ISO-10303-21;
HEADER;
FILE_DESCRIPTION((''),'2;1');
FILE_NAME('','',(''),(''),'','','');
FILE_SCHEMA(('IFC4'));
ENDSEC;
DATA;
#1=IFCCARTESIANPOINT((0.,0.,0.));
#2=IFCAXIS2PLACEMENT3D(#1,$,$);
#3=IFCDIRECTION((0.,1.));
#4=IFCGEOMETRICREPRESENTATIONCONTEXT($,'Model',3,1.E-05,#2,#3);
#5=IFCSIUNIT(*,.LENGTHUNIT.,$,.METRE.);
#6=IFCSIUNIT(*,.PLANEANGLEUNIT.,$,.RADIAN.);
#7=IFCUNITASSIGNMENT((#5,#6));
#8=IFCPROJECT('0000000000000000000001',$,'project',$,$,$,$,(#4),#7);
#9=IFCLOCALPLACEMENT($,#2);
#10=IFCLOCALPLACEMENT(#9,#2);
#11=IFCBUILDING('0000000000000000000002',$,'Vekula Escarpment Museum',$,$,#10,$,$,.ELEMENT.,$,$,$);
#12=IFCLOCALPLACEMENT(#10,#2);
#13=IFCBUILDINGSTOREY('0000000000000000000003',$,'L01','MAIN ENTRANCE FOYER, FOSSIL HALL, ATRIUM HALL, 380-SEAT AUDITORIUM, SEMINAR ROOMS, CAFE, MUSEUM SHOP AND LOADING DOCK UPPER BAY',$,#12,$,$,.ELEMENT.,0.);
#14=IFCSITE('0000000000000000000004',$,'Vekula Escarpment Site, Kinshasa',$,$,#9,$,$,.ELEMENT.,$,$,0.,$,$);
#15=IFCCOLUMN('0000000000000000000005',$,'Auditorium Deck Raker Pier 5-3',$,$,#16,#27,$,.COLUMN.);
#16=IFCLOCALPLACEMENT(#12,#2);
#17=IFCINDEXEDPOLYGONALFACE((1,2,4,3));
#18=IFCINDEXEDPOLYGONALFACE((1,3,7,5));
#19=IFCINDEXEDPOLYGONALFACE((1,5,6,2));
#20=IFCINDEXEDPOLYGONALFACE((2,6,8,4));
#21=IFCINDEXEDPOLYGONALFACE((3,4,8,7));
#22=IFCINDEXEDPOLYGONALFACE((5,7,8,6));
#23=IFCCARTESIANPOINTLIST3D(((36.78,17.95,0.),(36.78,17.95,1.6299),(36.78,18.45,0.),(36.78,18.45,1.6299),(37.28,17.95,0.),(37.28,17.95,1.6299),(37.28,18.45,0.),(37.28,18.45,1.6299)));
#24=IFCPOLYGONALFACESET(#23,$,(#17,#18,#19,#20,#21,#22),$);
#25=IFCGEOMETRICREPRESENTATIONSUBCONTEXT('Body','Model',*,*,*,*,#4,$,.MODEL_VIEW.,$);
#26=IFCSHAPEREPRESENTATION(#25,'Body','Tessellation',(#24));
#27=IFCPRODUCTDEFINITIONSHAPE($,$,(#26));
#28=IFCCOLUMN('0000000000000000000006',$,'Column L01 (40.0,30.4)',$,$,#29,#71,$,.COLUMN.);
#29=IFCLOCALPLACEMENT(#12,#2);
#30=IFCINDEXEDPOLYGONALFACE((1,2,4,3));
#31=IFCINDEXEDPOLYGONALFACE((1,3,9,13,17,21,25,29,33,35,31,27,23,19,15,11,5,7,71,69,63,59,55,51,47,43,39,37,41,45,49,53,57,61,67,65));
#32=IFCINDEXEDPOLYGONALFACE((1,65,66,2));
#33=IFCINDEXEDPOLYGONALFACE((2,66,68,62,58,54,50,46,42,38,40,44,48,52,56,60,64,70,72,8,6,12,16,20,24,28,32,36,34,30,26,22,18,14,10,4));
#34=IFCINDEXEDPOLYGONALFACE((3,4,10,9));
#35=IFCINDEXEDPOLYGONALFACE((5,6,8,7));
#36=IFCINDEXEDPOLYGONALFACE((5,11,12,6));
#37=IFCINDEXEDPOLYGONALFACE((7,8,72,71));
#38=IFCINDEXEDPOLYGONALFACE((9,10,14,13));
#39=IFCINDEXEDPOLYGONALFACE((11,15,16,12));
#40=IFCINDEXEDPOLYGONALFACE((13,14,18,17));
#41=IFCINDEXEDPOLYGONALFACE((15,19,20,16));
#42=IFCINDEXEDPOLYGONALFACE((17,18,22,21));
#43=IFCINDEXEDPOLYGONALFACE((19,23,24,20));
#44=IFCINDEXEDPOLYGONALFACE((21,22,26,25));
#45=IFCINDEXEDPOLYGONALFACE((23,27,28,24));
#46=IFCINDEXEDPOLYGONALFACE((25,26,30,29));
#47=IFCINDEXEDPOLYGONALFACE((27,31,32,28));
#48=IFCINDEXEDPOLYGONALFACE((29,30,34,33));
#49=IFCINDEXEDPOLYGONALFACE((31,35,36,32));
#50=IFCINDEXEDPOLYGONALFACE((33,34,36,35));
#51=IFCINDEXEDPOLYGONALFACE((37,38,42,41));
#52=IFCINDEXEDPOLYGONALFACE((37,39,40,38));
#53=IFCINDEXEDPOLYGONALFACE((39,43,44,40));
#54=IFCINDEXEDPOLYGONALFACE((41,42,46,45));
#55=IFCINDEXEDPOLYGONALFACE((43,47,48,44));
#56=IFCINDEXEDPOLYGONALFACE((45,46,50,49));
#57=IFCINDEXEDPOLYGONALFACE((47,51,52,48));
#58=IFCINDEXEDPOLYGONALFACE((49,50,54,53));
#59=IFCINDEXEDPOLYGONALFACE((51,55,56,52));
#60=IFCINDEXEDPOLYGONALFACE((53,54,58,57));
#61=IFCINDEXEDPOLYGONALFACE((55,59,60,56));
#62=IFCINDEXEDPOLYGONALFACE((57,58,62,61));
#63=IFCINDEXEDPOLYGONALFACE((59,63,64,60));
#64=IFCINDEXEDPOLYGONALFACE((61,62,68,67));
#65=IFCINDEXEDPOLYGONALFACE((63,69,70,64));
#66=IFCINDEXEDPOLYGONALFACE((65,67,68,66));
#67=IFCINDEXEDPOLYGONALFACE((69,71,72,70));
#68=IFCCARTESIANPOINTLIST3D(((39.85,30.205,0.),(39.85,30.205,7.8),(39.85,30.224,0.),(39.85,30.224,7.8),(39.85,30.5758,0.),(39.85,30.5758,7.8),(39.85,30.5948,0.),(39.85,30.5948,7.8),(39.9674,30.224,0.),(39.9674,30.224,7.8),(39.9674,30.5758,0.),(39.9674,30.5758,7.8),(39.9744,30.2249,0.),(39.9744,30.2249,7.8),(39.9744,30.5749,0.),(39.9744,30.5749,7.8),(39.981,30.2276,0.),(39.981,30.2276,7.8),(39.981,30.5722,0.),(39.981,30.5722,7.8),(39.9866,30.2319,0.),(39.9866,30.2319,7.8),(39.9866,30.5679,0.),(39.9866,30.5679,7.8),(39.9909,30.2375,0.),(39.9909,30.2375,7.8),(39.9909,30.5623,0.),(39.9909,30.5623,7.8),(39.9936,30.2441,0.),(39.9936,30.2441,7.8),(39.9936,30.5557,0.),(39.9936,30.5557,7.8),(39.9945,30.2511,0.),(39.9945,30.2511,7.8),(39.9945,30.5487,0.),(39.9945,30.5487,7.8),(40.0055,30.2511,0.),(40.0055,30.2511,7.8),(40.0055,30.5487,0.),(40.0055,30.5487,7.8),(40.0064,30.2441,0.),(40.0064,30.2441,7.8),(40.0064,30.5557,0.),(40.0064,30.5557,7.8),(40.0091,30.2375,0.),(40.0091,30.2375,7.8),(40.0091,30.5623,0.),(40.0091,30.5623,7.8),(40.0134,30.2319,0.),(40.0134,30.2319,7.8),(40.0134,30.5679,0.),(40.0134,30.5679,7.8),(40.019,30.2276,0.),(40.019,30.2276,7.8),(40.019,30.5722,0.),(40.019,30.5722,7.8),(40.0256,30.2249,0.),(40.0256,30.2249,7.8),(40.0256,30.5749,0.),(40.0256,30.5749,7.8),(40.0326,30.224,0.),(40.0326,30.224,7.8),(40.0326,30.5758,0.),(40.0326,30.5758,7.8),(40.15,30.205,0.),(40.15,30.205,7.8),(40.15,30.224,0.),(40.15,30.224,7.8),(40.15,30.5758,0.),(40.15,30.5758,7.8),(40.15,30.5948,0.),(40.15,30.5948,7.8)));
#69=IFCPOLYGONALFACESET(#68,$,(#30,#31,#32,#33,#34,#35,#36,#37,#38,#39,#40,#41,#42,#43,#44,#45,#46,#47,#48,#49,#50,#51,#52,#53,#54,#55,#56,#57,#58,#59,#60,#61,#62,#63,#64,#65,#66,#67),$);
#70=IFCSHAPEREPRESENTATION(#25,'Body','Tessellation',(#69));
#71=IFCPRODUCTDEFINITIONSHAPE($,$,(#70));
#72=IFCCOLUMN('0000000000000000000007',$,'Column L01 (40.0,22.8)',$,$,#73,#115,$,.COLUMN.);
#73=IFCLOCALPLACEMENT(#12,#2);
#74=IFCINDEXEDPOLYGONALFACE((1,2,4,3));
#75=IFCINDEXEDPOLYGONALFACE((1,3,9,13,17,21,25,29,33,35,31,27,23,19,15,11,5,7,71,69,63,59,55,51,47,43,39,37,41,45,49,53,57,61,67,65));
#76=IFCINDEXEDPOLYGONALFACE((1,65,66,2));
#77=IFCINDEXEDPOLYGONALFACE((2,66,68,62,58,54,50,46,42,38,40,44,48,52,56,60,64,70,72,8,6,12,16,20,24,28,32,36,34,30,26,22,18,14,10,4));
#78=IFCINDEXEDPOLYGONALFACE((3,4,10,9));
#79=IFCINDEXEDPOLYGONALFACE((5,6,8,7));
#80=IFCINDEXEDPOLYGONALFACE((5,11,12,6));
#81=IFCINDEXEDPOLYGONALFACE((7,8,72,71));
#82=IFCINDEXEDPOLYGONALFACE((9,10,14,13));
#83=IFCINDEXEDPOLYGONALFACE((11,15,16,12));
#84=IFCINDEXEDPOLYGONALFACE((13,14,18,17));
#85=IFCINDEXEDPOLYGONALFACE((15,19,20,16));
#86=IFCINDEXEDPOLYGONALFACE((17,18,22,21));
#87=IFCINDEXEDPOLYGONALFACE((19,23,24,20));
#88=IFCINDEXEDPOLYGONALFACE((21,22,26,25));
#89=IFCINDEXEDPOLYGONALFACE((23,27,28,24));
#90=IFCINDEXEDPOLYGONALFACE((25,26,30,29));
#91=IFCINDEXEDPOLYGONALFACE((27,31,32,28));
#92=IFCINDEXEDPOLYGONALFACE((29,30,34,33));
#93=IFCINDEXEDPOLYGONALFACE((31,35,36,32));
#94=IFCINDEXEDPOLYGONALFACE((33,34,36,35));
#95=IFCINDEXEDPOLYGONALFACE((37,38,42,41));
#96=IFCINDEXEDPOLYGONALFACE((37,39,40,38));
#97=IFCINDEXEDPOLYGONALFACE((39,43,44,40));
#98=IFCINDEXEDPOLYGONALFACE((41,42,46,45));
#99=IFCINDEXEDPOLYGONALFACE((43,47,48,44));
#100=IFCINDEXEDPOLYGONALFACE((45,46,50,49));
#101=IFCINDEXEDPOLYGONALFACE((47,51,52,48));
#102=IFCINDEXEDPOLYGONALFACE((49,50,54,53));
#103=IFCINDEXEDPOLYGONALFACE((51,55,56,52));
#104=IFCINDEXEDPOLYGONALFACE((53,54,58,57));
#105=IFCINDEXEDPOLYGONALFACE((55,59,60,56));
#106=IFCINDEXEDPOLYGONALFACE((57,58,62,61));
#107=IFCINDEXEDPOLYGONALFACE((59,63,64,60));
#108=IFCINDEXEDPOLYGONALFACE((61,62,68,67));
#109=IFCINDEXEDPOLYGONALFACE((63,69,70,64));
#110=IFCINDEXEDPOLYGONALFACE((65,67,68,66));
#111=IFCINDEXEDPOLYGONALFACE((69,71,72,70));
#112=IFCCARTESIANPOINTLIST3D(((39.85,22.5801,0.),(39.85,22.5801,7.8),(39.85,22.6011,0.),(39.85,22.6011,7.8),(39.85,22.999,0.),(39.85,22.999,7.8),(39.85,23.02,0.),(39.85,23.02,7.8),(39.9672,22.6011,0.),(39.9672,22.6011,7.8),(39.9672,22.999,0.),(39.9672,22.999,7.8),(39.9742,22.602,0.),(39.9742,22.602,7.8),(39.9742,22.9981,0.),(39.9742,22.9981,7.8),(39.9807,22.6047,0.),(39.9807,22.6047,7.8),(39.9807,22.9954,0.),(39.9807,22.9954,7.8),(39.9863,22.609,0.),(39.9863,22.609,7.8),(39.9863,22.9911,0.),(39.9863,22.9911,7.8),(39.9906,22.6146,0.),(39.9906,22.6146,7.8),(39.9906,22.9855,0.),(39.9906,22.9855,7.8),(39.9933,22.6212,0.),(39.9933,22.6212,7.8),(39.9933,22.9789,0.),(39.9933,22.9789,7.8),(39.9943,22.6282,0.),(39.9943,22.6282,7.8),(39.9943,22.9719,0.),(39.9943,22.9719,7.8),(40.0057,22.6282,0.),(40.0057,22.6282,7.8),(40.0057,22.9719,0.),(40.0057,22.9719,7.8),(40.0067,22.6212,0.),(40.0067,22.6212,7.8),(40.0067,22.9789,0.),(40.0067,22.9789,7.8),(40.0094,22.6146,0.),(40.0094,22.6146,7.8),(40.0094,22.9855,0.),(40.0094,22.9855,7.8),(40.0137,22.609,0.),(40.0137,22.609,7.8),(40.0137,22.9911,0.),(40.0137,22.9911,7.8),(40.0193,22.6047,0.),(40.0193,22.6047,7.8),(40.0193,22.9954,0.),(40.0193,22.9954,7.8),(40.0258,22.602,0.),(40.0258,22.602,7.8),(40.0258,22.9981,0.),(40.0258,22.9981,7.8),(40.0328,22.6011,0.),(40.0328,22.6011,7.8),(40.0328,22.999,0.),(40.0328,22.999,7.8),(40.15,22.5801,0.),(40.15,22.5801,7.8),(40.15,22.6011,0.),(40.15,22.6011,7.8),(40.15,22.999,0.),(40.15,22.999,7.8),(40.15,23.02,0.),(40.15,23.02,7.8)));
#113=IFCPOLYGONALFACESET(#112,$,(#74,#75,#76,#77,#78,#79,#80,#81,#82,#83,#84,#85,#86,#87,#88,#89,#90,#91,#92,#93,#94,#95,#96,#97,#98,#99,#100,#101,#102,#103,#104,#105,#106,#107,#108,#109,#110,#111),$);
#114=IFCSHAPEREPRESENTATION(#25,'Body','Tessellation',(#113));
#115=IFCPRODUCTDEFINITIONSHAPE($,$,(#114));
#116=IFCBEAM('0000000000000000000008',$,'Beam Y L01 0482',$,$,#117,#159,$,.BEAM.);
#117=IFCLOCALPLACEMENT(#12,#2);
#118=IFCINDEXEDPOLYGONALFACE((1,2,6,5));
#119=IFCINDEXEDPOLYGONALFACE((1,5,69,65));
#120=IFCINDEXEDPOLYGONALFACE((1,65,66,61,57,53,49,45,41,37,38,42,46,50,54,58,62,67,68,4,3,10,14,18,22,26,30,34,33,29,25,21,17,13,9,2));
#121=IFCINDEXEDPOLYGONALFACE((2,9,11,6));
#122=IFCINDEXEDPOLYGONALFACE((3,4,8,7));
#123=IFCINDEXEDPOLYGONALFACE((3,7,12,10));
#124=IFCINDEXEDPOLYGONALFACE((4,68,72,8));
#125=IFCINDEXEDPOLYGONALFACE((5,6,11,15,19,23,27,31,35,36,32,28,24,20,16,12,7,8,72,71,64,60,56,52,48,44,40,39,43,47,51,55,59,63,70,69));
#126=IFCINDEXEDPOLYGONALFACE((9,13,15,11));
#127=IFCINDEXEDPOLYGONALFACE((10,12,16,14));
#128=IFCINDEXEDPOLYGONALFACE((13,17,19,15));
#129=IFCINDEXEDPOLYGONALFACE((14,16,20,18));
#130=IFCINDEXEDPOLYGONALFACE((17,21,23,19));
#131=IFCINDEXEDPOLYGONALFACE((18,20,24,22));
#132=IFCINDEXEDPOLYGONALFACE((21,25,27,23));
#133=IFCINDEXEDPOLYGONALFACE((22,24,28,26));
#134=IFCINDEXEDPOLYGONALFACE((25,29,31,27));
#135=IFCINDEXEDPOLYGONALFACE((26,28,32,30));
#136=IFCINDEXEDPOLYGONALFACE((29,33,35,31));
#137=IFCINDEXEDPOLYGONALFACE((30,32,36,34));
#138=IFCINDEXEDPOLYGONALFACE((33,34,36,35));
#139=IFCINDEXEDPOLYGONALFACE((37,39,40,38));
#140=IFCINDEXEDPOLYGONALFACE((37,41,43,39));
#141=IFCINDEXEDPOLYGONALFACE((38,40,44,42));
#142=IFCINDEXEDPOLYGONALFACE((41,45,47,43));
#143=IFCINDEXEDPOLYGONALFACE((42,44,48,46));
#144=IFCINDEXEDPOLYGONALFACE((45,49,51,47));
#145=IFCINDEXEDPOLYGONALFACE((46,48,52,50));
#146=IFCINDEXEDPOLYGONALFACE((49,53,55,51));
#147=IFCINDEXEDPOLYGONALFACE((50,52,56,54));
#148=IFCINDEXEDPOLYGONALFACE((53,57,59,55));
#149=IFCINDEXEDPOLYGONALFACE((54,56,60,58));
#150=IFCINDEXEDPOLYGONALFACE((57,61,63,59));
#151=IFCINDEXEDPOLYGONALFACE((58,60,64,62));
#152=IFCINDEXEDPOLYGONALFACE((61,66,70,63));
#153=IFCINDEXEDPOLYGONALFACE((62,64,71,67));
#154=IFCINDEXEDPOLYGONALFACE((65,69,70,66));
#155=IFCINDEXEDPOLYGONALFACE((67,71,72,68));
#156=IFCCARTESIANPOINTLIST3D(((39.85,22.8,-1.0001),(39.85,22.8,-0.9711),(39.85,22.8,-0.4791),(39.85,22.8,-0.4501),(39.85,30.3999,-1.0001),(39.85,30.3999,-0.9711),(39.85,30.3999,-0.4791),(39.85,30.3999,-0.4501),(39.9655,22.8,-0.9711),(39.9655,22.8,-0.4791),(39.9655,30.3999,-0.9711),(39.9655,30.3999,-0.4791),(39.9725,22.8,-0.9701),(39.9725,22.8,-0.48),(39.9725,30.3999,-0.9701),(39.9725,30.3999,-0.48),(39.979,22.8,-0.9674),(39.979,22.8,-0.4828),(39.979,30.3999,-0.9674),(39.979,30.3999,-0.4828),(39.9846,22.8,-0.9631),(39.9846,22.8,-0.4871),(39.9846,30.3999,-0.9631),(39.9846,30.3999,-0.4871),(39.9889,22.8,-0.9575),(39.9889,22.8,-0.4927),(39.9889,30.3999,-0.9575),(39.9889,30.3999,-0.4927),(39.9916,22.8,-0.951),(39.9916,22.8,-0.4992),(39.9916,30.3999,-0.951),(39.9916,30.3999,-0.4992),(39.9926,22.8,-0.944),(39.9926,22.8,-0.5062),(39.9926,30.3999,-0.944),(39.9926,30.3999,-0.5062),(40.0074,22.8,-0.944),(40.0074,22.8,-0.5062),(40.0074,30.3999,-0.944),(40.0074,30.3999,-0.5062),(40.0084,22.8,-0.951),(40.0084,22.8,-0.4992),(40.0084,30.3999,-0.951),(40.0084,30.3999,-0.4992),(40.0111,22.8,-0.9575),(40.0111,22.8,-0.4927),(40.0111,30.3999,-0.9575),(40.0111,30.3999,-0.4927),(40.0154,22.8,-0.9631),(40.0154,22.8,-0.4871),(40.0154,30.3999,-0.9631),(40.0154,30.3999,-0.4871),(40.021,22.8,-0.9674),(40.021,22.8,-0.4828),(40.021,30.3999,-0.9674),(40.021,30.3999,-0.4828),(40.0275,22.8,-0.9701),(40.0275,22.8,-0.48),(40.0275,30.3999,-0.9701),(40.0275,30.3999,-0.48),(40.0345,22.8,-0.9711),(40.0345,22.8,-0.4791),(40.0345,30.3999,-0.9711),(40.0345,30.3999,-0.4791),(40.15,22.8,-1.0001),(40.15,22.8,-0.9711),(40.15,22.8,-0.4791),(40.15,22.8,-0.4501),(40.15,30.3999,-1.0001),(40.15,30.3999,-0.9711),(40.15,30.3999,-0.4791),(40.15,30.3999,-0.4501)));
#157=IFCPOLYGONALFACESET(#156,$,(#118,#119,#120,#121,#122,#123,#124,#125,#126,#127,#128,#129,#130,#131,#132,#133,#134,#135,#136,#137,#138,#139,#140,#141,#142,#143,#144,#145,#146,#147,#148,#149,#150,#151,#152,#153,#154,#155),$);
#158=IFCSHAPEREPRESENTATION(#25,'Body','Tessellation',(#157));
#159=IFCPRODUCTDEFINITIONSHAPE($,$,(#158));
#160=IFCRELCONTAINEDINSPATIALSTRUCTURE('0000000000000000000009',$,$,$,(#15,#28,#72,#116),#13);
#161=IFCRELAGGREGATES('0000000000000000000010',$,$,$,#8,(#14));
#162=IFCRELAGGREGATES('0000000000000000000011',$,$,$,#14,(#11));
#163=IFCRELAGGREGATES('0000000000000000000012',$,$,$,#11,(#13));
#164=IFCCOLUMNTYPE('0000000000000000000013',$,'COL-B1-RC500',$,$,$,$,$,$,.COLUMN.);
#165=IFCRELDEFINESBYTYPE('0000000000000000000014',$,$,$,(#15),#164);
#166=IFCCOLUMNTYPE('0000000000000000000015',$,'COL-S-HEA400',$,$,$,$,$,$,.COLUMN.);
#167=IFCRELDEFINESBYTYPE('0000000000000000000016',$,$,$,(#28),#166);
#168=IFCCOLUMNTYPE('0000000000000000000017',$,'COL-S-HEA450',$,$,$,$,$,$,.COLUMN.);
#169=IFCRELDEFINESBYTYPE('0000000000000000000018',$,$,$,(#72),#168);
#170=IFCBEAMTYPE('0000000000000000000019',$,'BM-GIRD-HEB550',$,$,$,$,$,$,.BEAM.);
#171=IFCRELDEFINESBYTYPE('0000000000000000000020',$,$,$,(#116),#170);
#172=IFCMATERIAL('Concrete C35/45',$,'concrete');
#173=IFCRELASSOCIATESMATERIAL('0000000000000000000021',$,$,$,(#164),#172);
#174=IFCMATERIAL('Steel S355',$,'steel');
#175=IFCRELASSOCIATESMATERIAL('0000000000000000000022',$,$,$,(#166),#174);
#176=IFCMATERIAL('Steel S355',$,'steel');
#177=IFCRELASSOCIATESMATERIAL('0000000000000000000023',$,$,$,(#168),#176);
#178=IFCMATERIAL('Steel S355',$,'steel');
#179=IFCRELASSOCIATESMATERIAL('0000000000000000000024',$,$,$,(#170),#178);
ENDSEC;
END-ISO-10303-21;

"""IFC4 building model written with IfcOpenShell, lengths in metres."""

from ifc_helpers import new_model, si_unit, direction, frame, origin, origin_2d, place, context, subcontext, project, spatial, rectangle, i_section, extrude, material, material_profile, profile_set, type_object, element, save


model = new_model("IFC4")

# Units and contexts
model_context = context("Model", 3, precision=1e-05, world=origin(), true_north=direction((0.0, 1.0)))
body_context = subcontext(model_context, "Body", "Model", "MODEL_VIEW")
ifc_project = project(units=[si_unit("LENGTHUNIT", "METRE"), si_unit("PLANEANGLEUNIT", "RADIAN")], contexts=[model_context])

# Site, building, storey
site_placement = place(None, origin())
site = spatial("IfcSite", under=ifc_project, at=site_placement, Name="Vekula Escarpment Site, Kinshasa", CompositionType="ELEMENT", RefElevation=0.0)
building_placement = place(site_placement, origin())
building = spatial("IfcBuilding", under=site, at=building_placement, Name="Vekula Escarpment Museum", CompositionType="ELEMENT")
storey_placement = place(building_placement, origin())
storey = spatial("IfcBuildingStorey", under=building, at=storey_placement, Name="L01", Description="MAIN ENTRANCE FOYER, FOSSIL HALL, ATRIUM HALL, 380-SEAT AUDITORIUM, SEMINAR ROOMS, CAFE, MUSEUM SHOP AND LOADING DOCK UPPER BAY", CompositionType="ELEMENT", Elevation=0.0)

# Columns
ifc_material_1 = material(Name="Concrete C35/45", Category="concrete")
ifc_material_profile_1 = material_profile(ifc_material_1, rectangle(XDim=0.5, YDim=0.5, at=origin_2d()), Name="RC 500x500")
ifc_profile_set_1 = profile_set([ifc_material_profile_1], Name="Concrete C35/45")
column_type_1 = type_object("IfcColumnType", Name="COL-B1-RC500", PredefinedType="COLUMN", material=ifc_profile_set_1)
column_1_placement = place(storey_placement, frame((37.03, 18.2, 0.0), z_axis=(0.0, 0.0, 1.0), x_axis=(1.0, 0.0, 0.0)))
element("IfcColumn", 1, at=column_1_placement, inside=storey, type_object=column_type_1, Name="Auditorium Deck Raker Pier 5-3", PredefinedType="COLUMN", context=body_context, shape_type="SweptSolid", body=[
    extrude(rectangle(XDim=0.5, YDim=0.5, at=origin_2d()), origin(), (0.0, 0.0, 1.0), 1.6299),
])
ifc_material_2 = material(Name="Steel S355", Category="steel")
ifc_material_profile_2 = material_profile(ifc_material_2, i_section(OverallWidth=0.3, OverallDepth=0.3899, WebThickness=0.011, FlangeThickness=0.019, FilletRadius=0.0271, at=origin_2d()), Name="HEA 400")
ifc_profile_set_2 = profile_set([ifc_material_profile_2], Name="Steel S355")
column_type_2 = type_object("IfcColumnType", Name="COL-S-HEA400", PredefinedType="COLUMN", material=ifc_profile_set_2)
column_2_placement = place(storey_placement, frame((40.0, 30.3999, 0.0), z_axis=(0.0, 0.0, 1.0), x_axis=(1.0, 0.0, 0.0)))
element("IfcColumn", 2, at=column_2_placement, inside=storey, type_object=column_type_2, Name="Column L01 (40.0,30.4)", PredefinedType="COLUMN", context=body_context, shape_type="SweptSolid", body=[
    extrude(i_section(OverallWidth=0.3, OverallDepth=0.3899, WebThickness=0.011, FlangeThickness=0.019, FilletRadius=0.0271, at=origin_2d()), origin(), (0.0, 0.0, 1.0), 7.8),
])
ifc_material_3 = material(Name="Steel S355", Category="steel")
ifc_material_profile_3 = material_profile(ifc_material_3, i_section(OverallWidth=0.3, OverallDepth=0.4399, WebThickness=0.0115, FlangeThickness=0.021, FilletRadius=0.0271, at=origin_2d()), Name="HEA 450")
ifc_profile_set_3 = profile_set([ifc_material_profile_3], Name="Steel S355")
column_type_3 = type_object("IfcColumnType", Name="COL-S-HEA450", PredefinedType="COLUMN", material=ifc_profile_set_3)
column_3_placement = place(storey_placement, frame((40.0, 22.8, 0.0), z_axis=(0.0, 0.0, 1.0), x_axis=(1.0, 0.0, 0.0)))
element("IfcColumn", 3, at=column_3_placement, inside=storey, type_object=column_type_3, Name="Column L01 (40.0,22.8)", PredefinedType="COLUMN", context=body_context, shape_type="SweptSolid", body=[
    extrude(i_section(OverallWidth=0.3, OverallDepth=0.4399, WebThickness=0.0115, FlangeThickness=0.021, FilletRadius=0.0271, at=origin_2d()), origin(), (0.0, 0.0, 1.0), 7.8),
])

# Beam
ifc_material_4 = material(Name="Steel S355", Category="steel")
ifc_material_profile_4 = material_profile(ifc_material_4, i_section(OverallWidth=0.3, OverallDepth=0.55, WebThickness=0.0149, FlangeThickness=0.0291, FilletRadius=0.0271, at=origin_2d()), Name="HEB 550")
ifc_profile_set_4 = profile_set([ifc_material_profile_4], Name="Steel S355")
beam_type_1 = type_object("IfcBeamType", Name="BM-GIRD-HEB550", PredefinedType="BEAM", material=ifc_profile_set_4)
beam_1_placement = place(storey_placement, frame((40.0, 22.8, -0.7251), z_axis=(0.0, 1.0, 0.0), x_axis=(-1.0, 0.0, 0.0)))
element("IfcBeam", 4, at=beam_1_placement, inside=storey, type_object=beam_type_1, Name="Beam Y L01 0482", PredefinedType="BEAM", context=body_context, shape_type="SweptSolid", body=[
    extrude(i_section(OverallWidth=0.3, OverallDepth=0.55, WebThickness=0.0149, FlangeThickness=0.0291, FilletRadius=0.0271, at=origin_2d()), origin(), (0.0, 0.0, 1.0), 7.5999),
])

save(model, "model.ifc")
